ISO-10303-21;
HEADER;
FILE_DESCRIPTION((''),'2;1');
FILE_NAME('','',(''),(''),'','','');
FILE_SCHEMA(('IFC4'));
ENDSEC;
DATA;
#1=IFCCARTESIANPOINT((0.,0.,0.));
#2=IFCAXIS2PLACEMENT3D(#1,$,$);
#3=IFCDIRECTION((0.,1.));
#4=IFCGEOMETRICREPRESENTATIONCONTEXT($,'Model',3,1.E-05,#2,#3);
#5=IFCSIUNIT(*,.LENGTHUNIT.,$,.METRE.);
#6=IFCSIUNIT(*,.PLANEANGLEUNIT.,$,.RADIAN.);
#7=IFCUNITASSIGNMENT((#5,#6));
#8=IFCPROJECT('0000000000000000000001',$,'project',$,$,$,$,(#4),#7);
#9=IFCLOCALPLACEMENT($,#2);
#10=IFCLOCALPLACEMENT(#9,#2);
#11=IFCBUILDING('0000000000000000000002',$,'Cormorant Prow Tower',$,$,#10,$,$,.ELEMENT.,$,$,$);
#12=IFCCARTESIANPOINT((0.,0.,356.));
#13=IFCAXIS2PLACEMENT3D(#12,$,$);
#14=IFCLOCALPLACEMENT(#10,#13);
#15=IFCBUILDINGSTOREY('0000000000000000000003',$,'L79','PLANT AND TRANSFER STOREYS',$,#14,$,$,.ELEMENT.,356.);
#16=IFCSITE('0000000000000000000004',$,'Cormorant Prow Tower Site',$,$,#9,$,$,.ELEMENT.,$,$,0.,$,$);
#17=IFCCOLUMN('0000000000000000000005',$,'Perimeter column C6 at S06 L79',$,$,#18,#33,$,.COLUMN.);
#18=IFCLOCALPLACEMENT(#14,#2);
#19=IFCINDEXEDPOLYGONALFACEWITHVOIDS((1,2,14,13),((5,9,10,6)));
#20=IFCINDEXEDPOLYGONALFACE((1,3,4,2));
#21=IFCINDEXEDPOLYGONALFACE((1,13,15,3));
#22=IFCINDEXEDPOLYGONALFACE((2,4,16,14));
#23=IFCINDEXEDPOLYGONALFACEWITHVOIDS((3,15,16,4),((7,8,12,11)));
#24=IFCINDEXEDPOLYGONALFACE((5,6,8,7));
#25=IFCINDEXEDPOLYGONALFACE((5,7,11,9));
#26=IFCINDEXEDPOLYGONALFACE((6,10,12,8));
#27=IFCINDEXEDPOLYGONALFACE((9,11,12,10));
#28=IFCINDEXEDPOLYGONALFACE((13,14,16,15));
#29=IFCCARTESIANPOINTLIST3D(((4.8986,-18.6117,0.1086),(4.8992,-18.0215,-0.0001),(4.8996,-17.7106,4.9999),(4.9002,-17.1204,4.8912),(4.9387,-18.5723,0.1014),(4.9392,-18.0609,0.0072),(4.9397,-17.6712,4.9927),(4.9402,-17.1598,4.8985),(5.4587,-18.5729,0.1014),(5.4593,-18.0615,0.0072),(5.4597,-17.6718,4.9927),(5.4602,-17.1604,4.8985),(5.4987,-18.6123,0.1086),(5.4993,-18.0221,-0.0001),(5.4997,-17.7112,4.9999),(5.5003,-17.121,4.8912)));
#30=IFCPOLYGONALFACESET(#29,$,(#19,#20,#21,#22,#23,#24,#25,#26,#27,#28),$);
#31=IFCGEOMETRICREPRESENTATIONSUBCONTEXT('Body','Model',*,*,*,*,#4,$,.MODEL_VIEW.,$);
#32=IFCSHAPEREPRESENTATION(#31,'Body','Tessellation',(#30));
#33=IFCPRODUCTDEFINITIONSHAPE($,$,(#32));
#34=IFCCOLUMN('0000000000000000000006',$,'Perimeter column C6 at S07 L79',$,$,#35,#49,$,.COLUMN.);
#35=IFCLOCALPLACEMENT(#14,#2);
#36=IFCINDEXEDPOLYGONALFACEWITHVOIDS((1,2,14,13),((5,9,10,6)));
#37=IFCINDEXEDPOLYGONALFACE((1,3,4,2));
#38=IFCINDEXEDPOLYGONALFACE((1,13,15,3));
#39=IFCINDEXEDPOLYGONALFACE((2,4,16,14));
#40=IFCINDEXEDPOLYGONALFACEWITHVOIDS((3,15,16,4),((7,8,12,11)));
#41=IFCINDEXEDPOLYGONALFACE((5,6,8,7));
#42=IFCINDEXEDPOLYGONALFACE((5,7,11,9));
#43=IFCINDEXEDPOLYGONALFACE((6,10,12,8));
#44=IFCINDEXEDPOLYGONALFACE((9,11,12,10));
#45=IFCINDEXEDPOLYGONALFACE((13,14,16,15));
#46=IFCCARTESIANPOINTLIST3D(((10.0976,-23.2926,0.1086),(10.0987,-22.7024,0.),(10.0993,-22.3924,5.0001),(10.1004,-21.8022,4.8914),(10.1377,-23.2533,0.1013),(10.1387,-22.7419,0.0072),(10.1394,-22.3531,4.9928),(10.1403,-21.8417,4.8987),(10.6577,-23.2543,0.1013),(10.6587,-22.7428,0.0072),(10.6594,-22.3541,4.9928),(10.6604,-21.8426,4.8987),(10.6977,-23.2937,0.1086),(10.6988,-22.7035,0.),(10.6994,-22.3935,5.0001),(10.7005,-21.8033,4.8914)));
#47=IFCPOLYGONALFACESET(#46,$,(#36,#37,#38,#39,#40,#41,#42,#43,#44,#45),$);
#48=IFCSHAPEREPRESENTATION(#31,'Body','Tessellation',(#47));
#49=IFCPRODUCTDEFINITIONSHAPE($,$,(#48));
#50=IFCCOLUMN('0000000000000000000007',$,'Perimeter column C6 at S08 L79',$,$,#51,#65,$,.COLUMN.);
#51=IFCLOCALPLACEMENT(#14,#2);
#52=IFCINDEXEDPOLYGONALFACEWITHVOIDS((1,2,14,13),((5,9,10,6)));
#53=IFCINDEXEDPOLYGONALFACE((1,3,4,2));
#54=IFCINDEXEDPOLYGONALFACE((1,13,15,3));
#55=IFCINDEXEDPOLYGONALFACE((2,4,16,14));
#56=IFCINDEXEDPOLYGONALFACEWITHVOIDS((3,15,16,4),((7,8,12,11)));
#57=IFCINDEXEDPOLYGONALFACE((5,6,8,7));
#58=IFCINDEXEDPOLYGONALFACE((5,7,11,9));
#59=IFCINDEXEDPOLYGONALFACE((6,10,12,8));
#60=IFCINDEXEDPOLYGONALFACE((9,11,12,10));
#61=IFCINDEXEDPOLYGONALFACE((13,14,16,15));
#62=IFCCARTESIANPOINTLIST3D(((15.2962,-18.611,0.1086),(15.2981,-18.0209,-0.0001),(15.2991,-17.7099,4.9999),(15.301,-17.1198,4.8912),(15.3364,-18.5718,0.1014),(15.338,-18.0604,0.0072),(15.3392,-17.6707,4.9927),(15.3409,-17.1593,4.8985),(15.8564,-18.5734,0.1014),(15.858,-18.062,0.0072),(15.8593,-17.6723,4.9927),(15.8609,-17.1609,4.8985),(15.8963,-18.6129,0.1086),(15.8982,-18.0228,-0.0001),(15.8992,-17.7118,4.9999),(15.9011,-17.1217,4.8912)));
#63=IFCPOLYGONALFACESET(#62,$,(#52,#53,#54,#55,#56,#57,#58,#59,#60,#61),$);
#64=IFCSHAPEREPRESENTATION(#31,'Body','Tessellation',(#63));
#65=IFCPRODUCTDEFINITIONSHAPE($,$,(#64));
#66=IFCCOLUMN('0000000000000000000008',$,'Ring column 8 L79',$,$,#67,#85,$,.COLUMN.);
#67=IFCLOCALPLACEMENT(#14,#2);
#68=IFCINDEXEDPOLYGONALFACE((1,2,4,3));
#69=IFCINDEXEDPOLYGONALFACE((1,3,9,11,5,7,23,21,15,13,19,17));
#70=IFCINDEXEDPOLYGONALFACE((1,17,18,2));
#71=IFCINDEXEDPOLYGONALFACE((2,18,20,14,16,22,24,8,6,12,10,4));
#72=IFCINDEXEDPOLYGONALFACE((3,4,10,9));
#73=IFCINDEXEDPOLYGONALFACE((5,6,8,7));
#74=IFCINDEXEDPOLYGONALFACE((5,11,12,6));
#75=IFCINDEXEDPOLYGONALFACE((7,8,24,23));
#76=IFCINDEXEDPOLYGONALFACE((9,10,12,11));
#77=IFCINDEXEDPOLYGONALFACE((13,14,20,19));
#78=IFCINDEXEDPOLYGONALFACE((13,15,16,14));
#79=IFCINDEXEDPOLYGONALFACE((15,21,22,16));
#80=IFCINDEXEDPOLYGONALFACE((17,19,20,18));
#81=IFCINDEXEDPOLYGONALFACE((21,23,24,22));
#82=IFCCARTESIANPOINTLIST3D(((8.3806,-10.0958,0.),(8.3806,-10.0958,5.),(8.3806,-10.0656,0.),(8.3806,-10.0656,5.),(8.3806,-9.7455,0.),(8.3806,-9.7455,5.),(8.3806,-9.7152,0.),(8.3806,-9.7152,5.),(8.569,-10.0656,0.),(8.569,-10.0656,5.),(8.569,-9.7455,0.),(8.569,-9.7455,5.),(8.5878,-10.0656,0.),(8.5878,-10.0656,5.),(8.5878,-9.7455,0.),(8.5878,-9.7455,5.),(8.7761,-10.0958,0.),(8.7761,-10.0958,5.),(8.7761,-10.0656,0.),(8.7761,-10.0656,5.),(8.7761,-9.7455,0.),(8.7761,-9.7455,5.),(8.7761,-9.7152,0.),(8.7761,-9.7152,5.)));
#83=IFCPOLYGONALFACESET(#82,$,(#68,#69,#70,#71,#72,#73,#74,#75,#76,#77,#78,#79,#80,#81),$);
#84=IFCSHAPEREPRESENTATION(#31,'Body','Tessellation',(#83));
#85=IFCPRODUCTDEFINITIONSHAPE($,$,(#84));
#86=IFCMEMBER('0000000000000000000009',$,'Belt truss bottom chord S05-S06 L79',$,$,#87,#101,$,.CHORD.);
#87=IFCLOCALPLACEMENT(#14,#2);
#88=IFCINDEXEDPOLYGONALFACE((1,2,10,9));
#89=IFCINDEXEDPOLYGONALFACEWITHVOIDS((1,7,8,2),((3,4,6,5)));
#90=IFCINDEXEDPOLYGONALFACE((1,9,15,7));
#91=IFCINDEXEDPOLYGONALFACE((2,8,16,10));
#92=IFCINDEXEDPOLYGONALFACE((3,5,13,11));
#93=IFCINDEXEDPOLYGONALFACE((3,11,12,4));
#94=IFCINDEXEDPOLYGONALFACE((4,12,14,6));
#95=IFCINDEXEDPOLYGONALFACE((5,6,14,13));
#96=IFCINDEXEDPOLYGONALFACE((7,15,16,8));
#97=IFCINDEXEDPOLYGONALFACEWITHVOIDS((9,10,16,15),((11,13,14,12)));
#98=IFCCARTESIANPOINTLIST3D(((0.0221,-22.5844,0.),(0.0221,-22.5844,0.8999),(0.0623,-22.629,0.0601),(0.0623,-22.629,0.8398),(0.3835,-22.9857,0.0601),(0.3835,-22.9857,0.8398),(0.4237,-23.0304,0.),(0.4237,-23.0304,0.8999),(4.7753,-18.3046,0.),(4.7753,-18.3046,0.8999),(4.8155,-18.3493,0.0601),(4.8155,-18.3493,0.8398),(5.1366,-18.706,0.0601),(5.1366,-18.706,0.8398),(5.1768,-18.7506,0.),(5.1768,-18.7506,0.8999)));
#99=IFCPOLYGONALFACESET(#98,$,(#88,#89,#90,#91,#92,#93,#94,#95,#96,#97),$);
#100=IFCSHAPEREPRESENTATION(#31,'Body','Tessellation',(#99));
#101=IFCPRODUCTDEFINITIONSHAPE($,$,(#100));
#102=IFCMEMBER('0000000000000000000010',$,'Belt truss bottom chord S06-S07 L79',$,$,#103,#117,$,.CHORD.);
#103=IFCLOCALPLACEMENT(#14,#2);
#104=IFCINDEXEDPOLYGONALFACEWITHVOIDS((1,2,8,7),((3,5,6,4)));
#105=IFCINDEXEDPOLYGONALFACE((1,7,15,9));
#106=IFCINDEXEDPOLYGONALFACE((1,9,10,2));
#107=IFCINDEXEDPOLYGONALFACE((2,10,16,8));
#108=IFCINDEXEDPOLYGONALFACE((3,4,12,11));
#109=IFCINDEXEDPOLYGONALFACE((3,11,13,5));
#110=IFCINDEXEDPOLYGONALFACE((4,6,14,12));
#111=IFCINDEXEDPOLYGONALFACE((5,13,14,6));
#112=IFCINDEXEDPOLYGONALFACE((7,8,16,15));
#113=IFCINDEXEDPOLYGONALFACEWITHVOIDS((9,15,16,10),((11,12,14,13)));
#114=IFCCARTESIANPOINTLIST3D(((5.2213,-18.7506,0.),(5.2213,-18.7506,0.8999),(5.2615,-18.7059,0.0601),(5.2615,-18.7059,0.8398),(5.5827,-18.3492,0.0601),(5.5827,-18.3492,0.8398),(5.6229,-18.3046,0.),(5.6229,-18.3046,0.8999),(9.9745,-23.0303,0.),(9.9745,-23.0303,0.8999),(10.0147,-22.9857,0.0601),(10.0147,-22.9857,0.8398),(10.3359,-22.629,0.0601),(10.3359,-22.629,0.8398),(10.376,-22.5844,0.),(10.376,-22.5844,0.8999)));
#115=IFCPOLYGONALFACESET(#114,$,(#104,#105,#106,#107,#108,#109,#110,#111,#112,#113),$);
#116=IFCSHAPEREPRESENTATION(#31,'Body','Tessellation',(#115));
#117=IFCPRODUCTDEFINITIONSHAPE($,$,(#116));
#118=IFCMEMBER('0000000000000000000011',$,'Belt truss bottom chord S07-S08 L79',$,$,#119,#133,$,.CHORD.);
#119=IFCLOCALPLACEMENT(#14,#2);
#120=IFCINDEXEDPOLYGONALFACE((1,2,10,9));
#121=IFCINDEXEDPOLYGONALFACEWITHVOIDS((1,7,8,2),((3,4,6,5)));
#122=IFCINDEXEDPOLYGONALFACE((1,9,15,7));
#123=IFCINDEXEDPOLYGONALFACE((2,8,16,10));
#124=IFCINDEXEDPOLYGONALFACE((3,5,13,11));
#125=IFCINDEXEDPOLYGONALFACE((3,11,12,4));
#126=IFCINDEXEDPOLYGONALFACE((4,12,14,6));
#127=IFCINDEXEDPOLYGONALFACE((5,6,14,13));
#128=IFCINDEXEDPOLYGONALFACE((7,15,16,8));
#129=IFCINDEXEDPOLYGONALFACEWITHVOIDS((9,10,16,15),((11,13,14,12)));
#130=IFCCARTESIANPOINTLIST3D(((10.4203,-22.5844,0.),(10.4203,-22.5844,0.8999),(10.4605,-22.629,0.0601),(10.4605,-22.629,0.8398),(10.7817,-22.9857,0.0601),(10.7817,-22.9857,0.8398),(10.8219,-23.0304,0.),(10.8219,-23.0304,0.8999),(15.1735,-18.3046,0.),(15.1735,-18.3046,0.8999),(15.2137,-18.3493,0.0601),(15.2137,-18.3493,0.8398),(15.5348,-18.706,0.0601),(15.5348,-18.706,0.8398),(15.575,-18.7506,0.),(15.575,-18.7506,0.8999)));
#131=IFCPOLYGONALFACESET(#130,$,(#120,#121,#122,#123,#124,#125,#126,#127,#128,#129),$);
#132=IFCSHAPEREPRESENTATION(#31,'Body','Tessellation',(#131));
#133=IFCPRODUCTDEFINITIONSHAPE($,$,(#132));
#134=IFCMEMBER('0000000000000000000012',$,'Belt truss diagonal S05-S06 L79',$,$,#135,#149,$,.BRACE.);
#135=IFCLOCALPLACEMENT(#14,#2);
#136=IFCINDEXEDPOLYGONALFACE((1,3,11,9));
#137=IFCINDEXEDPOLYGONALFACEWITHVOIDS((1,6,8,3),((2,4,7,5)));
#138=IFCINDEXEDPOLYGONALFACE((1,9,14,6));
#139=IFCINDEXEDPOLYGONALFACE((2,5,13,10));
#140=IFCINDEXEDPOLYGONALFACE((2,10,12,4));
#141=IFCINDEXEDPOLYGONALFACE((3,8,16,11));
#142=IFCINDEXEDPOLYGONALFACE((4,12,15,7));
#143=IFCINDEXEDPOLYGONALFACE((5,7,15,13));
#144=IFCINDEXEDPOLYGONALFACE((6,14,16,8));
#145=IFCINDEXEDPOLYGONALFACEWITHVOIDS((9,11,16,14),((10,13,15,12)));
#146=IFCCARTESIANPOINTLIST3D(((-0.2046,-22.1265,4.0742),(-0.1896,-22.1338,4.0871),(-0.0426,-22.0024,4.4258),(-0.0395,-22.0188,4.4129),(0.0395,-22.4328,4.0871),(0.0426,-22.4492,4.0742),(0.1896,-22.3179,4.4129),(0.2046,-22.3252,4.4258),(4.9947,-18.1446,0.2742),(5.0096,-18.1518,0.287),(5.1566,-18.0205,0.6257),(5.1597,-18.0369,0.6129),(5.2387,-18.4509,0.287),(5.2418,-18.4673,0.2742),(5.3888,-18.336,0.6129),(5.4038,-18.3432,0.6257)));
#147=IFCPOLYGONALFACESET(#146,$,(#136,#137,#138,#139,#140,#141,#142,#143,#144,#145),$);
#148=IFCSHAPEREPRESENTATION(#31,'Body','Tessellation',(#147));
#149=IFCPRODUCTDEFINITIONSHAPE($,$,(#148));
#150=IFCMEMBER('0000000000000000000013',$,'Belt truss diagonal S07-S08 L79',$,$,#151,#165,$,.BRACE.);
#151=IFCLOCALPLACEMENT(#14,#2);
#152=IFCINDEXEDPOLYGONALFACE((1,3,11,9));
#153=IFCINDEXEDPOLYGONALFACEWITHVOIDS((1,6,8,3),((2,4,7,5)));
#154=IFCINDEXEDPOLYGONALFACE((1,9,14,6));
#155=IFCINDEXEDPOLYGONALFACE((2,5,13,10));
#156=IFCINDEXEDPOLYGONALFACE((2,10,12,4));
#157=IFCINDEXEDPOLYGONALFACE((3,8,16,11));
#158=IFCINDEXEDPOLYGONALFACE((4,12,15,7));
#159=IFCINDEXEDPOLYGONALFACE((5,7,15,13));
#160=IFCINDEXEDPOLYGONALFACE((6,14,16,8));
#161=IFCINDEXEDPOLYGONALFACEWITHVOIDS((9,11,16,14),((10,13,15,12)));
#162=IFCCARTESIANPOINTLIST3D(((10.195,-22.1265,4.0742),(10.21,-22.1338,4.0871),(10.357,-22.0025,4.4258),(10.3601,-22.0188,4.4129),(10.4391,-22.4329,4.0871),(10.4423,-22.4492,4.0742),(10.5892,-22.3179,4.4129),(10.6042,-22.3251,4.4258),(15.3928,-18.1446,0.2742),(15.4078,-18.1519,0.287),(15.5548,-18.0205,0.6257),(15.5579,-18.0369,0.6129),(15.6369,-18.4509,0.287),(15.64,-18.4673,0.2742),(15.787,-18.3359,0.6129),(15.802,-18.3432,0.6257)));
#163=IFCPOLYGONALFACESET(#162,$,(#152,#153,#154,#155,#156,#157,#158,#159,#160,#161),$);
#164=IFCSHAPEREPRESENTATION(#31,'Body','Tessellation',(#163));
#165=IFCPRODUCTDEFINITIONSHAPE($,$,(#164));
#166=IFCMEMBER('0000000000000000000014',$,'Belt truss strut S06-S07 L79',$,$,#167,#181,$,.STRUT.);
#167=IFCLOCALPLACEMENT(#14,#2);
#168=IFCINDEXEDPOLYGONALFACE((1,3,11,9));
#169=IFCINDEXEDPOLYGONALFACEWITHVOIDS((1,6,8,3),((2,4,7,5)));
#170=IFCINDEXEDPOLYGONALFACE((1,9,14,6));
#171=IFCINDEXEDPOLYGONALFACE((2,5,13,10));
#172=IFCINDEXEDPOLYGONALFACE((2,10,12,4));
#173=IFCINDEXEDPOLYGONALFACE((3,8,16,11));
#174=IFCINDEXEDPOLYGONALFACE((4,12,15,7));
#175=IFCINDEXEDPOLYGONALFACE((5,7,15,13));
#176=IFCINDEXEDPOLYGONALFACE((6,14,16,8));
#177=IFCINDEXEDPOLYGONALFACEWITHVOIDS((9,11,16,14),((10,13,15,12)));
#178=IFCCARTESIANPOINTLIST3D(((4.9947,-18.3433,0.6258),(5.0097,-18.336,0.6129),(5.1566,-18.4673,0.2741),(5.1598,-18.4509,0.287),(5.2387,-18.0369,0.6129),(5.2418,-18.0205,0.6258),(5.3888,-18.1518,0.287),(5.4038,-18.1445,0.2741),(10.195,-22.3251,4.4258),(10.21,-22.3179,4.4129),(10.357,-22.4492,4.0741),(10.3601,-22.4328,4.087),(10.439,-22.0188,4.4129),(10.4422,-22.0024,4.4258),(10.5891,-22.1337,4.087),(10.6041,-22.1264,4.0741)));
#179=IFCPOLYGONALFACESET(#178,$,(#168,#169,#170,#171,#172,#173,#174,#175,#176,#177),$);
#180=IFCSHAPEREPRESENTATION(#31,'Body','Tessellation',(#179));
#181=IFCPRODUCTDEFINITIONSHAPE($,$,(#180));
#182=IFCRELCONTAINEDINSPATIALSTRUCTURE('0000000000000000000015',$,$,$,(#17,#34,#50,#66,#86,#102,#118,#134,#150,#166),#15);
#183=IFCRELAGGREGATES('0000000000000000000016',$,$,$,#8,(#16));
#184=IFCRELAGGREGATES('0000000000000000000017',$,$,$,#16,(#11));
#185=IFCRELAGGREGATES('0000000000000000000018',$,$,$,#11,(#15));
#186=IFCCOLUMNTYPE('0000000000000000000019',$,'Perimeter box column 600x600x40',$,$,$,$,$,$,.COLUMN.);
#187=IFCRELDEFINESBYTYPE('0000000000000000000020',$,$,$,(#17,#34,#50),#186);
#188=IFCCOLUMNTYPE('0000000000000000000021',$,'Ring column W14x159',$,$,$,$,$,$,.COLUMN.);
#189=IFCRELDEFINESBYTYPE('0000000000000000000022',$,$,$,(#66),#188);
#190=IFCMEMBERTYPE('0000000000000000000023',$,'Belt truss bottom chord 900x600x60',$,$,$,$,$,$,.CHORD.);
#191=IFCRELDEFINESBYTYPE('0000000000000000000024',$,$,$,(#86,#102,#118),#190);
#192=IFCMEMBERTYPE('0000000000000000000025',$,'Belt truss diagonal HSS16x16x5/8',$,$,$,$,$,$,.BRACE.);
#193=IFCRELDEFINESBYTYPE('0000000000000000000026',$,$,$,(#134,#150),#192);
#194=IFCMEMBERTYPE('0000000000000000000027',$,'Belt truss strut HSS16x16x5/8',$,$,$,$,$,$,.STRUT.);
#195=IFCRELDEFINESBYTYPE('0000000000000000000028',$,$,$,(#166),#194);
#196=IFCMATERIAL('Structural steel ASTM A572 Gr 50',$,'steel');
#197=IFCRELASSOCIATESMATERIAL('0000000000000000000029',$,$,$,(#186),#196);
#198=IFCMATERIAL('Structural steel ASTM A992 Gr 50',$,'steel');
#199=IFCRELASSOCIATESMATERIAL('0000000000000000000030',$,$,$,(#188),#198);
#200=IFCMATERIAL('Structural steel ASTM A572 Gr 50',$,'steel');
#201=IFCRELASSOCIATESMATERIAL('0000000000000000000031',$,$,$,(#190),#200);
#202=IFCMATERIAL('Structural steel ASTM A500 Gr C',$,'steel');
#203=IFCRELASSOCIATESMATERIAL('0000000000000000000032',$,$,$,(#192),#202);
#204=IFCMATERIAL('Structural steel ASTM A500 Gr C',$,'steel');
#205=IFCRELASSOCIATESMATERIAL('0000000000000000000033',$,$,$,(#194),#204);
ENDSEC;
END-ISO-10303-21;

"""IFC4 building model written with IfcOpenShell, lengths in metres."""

from ifc_helpers import new_model, si_unit, direction, frame, origin, origin_2d, place, context, subcontext, project, spatial, hollow_rectangle, i_section, extrude, material, material_profile, profile_set, type_object, element, save


model = new_model("IFC4")

# Units and contexts
model_context = context("Model", 3, precision=1e-05, world=origin(), true_north=direction((0.0, 1.0)))
body_context = subcontext(model_context, "Body", "Model", "MODEL_VIEW")
ifc_project = project(units=[si_unit("LENGTHUNIT", "METRE"), si_unit("PLANEANGLEUNIT", "RADIAN")], contexts=[model_context])

# Site, building, storey
site_placement = place(None, origin())
site = spatial("IfcSite", under=ifc_project, at=site_placement, Name="Cormorant Prow Tower Site", CompositionType="ELEMENT", RefElevation=0.0)
building_placement = place(site_placement, origin())
building = spatial("IfcBuilding", under=site, at=building_placement, Name="Cormorant Prow Tower", CompositionType="ELEMENT")
storey_placement = place(building_placement, frame((0.0, 0.0, 356.0)))
storey = spatial("IfcBuildingStorey", under=building, at=storey_placement, Name="L79", Description="PLANT AND TRANSFER STOREYS", CompositionType="ELEMENT", Elevation=356.0)

# Columns
ifc_material_1 = material(Name="Structural steel ASTM A572 Gr 50", Category="steel")
ifc_material_profile_1 = material_profile(ifc_material_1, hollow_rectangle(XDim=0.6001, YDim=0.6001, WallThickness=0.04, at=origin_2d()), Name="Box 600x600x40")
ifc_profile_set_1 = profile_set([ifc_material_profile_1], Name="Structural steel ASTM A572 Gr 50")
column_type_1 = type_object("IfcColumnType", Name="Perimeter box column 600x600x40", PredefinedType="COLUMN", material=ifc_profile_set_1)
for number, where, z_axis, x_axis, name in (
    (1, (5.199, -18.3269, 0.0), (0.000192, 0.18118, 0.98345), (-0.999999, 0.00106, 0.0), "Perimeter column C6 at S06 L79"),
    (2, (10.3982, -23.0081, 0.0), (0.000336, 0.180994, 0.983484), (-0.999998, 0.001857, 0.0), "Perimeter column C6 at S07 L79"),
    (3, (15.5972, -18.3269, 0.0), (0.000576, 0.18118, 0.98345), (-0.999995, 0.00318, 0.0), "Perimeter column C6 at S08 L79"),
):
    element("IfcColumn", number, at=place(storey_placement, frame(where, z_axis=z_axis, x_axis=x_axis)), inside=storey, type_object=column_type_1, Name=name, PredefinedType="COLUMN", context=body_context, shape_type="SweptSolid", body=[
        extrude(hollow_rectangle(XDim=0.6001, YDim=0.6001, WallThickness=0.04, at=origin_2d()), frame((0.0, 0.0, 0.0552)), (0.0, 0.0, 1.0), 4.9736),
    ])
ifc_material_2 = material(Name="Structural steel ASTM A992 Gr 50", Category="steel")
ifc_material_profile_2 = material_profile(ifc_material_2, i_section(OverallWidth=0.3955, OverallDepth=0.3806, WebThickness=0.0188, FlangeThickness=0.0303, at=origin_2d()), Name="W14x159")
ifc_profile_set_2 = profile_set([ifc_material_profile_2], Name="Structural steel ASTM A992 Gr 50")
column_type_2 = type_object("IfcColumnType", Name="Ring column W14x159", PredefinedType="COLUMN", material=ifc_profile_set_2)
column_placement = place(storey_placement, frame((8.5784, -9.9055, 0.0), z_axis=(0.0, 0.0, 1.0), x_axis=(1.0, 0.0, 0.0)))
element("IfcColumn", 4, at=column_placement, inside=storey, type_object=column_type_2, Name="Ring column 8 L79", PredefinedType="COLUMN", context=body_context, shape_type="SweptSolid", body=[
    extrude(i_section(OverallWidth=0.3955, OverallDepth=0.3806, WebThickness=0.0188, FlangeThickness=0.0303, at=origin_2d()), origin(), (0.0, 0.0, 1.0), 5.0),
])

# Members
ifc_material_3 = material(Name="Structural steel ASTM A572 Gr 50", Category="steel")
ifc_material_profile_3 = material_profile(ifc_material_3, hollow_rectangle(XDim=0.6001, YDim=0.8999, WallThickness=0.0601, at=origin_2d()), Name="Box 900x600x60")
ifc_profile_set_3 = profile_set([ifc_material_profile_3], Name="Structural steel ASTM A572 Gr 50")
member_type_1 = type_object("IfcMemberType", Name="Belt truss bottom chord 900x600x60", PredefinedType="CHORD", material=ifc_profile_set_3)
for number, where, z_axis, x_axis, name in (
    (5, (0.2229, -22.8074, 0.45), (0.743144, 0.669131, 0.0), (-0.669131, 0.743144, 0.0), "Belt truss bottom chord S05-S06 L79"),
    (6, (5.4221, -18.5276, 0.45), (0.743144, -0.669131, 0.0), (0.669131, 0.743144, 0.0), "Belt truss bottom chord S06-S07 L79"),
    (7, (10.6211, -22.8074, 0.45), (0.743144, 0.669131, 0.0), (-0.669131, 0.743144, 0.0), "Belt truss bottom chord S07-S08 L79"),
):
    element("IfcMember", number, at=place(storey_placement, frame(where, z_axis=z_axis, x_axis=x_axis)), inside=storey, type_object=member_type_1, Name=name, PredefinedType="CHORD", context=body_context, shape_type="SweptSolid", body=[
        extrude(hollow_rectangle(XDim=0.6001, YDim=0.8999, WallThickness=0.0601, at=origin_2d()), origin(), (0.0, 0.0, 1.0), 6.396),
    ])
ifc_material_4 = material(Name="Structural steel ASTM A500 Gr C", Category="steel")
ifc_material_profile_4 = material_profile(ifc_material_4, hollow_rectangle(XDim=0.4065, YDim=0.4065, WallThickness=0.0149, at=origin_2d()), Name="HSS16x16x5/8")
ifc_profile_set_4 = profile_set([ifc_material_profile_4], Name="Structural steel ASTM A500 Gr C")
member_type_2 = type_object("IfcMemberType", Name="Belt truss diagonal HSS16x16x5/8", PredefinedType="BRACE", material=ifc_profile_set_4)
member_1_placement = place(storey_placement, frame((5.1992, -18.2439, 0.45), z_axis=(-0.68668, -0.525909, 0.501887), x_axis=(0.608034, -0.793911, 0.0)))
element("IfcMember", 8, at=member_1_placement, inside=storey, type_object=member_type_2, Name="Belt truss diagonal S05-S06 L79", PredefinedType="BRACE", context=body_context, shape_type="SweptSolid", body=[
    extrude(hollow_rectangle(XDim=0.4065, YDim=0.4065, WallThickness=0.0149, at=origin_2d()), origin(), (0.0, 0.0, 1.0), 7.5715),
])
member_2_placement = place(storey_placement, frame((15.5974, -18.2439, 0.45), z_axis=(-0.686578, -0.525979, 0.501953), x_axis=(0.608142, -0.793828, 0.0)))
element("IfcMember", 9, at=member_2_placement, inside=storey, type_object=member_type_2, Name="Belt truss diagonal S07-S08 L79", PredefinedType="BRACE", context=body_context, shape_type="SweptSolid", body=[
    extrude(hollow_rectangle(XDim=0.4065, YDim=0.4065, WallThickness=0.0149, at=origin_2d()), origin(), (0.0, 0.0, 1.0), 7.5706),
])
ifc_material_5 = material(Name="Structural steel ASTM A500 Gr C", Category="steel")
ifc_material_profile_5 = material_profile(ifc_material_5, hollow_rectangle(XDim=0.4065, YDim=0.4065, WallThickness=0.0149, at=origin_2d()), Name="HSS16x16x5/8")
ifc_profile_set_5 = profile_set([ifc_material_profile_5], Name="Structural steel ASTM A500 Gr C")
member_type_3 = type_object("IfcMemberType", Name="Belt truss strut HSS16x16x5/8", PredefinedType="STRUT", material=ifc_profile_set_5)
member_3_placement = place(storey_placement, frame((5.1992, -18.2439, 0.45), z_axis=(0.686765, -0.525851, 0.501831), x_axis=(0.607944, 0.79398, 0.0)))
element("IfcMember", 10, at=member_3_placement, inside=storey, type_object=member_type_3, Name="Belt truss strut S06-S07 L79", PredefinedType="STRUT", context=body_context, shape_type="SweptSolid", body=[
    extrude(hollow_rectangle(XDim=0.4065, YDim=0.4065, WallThickness=0.0149, at=origin_2d()), origin(), (0.0, 0.0, 1.0), 7.5723),
])

save(model, "model.ifc")
